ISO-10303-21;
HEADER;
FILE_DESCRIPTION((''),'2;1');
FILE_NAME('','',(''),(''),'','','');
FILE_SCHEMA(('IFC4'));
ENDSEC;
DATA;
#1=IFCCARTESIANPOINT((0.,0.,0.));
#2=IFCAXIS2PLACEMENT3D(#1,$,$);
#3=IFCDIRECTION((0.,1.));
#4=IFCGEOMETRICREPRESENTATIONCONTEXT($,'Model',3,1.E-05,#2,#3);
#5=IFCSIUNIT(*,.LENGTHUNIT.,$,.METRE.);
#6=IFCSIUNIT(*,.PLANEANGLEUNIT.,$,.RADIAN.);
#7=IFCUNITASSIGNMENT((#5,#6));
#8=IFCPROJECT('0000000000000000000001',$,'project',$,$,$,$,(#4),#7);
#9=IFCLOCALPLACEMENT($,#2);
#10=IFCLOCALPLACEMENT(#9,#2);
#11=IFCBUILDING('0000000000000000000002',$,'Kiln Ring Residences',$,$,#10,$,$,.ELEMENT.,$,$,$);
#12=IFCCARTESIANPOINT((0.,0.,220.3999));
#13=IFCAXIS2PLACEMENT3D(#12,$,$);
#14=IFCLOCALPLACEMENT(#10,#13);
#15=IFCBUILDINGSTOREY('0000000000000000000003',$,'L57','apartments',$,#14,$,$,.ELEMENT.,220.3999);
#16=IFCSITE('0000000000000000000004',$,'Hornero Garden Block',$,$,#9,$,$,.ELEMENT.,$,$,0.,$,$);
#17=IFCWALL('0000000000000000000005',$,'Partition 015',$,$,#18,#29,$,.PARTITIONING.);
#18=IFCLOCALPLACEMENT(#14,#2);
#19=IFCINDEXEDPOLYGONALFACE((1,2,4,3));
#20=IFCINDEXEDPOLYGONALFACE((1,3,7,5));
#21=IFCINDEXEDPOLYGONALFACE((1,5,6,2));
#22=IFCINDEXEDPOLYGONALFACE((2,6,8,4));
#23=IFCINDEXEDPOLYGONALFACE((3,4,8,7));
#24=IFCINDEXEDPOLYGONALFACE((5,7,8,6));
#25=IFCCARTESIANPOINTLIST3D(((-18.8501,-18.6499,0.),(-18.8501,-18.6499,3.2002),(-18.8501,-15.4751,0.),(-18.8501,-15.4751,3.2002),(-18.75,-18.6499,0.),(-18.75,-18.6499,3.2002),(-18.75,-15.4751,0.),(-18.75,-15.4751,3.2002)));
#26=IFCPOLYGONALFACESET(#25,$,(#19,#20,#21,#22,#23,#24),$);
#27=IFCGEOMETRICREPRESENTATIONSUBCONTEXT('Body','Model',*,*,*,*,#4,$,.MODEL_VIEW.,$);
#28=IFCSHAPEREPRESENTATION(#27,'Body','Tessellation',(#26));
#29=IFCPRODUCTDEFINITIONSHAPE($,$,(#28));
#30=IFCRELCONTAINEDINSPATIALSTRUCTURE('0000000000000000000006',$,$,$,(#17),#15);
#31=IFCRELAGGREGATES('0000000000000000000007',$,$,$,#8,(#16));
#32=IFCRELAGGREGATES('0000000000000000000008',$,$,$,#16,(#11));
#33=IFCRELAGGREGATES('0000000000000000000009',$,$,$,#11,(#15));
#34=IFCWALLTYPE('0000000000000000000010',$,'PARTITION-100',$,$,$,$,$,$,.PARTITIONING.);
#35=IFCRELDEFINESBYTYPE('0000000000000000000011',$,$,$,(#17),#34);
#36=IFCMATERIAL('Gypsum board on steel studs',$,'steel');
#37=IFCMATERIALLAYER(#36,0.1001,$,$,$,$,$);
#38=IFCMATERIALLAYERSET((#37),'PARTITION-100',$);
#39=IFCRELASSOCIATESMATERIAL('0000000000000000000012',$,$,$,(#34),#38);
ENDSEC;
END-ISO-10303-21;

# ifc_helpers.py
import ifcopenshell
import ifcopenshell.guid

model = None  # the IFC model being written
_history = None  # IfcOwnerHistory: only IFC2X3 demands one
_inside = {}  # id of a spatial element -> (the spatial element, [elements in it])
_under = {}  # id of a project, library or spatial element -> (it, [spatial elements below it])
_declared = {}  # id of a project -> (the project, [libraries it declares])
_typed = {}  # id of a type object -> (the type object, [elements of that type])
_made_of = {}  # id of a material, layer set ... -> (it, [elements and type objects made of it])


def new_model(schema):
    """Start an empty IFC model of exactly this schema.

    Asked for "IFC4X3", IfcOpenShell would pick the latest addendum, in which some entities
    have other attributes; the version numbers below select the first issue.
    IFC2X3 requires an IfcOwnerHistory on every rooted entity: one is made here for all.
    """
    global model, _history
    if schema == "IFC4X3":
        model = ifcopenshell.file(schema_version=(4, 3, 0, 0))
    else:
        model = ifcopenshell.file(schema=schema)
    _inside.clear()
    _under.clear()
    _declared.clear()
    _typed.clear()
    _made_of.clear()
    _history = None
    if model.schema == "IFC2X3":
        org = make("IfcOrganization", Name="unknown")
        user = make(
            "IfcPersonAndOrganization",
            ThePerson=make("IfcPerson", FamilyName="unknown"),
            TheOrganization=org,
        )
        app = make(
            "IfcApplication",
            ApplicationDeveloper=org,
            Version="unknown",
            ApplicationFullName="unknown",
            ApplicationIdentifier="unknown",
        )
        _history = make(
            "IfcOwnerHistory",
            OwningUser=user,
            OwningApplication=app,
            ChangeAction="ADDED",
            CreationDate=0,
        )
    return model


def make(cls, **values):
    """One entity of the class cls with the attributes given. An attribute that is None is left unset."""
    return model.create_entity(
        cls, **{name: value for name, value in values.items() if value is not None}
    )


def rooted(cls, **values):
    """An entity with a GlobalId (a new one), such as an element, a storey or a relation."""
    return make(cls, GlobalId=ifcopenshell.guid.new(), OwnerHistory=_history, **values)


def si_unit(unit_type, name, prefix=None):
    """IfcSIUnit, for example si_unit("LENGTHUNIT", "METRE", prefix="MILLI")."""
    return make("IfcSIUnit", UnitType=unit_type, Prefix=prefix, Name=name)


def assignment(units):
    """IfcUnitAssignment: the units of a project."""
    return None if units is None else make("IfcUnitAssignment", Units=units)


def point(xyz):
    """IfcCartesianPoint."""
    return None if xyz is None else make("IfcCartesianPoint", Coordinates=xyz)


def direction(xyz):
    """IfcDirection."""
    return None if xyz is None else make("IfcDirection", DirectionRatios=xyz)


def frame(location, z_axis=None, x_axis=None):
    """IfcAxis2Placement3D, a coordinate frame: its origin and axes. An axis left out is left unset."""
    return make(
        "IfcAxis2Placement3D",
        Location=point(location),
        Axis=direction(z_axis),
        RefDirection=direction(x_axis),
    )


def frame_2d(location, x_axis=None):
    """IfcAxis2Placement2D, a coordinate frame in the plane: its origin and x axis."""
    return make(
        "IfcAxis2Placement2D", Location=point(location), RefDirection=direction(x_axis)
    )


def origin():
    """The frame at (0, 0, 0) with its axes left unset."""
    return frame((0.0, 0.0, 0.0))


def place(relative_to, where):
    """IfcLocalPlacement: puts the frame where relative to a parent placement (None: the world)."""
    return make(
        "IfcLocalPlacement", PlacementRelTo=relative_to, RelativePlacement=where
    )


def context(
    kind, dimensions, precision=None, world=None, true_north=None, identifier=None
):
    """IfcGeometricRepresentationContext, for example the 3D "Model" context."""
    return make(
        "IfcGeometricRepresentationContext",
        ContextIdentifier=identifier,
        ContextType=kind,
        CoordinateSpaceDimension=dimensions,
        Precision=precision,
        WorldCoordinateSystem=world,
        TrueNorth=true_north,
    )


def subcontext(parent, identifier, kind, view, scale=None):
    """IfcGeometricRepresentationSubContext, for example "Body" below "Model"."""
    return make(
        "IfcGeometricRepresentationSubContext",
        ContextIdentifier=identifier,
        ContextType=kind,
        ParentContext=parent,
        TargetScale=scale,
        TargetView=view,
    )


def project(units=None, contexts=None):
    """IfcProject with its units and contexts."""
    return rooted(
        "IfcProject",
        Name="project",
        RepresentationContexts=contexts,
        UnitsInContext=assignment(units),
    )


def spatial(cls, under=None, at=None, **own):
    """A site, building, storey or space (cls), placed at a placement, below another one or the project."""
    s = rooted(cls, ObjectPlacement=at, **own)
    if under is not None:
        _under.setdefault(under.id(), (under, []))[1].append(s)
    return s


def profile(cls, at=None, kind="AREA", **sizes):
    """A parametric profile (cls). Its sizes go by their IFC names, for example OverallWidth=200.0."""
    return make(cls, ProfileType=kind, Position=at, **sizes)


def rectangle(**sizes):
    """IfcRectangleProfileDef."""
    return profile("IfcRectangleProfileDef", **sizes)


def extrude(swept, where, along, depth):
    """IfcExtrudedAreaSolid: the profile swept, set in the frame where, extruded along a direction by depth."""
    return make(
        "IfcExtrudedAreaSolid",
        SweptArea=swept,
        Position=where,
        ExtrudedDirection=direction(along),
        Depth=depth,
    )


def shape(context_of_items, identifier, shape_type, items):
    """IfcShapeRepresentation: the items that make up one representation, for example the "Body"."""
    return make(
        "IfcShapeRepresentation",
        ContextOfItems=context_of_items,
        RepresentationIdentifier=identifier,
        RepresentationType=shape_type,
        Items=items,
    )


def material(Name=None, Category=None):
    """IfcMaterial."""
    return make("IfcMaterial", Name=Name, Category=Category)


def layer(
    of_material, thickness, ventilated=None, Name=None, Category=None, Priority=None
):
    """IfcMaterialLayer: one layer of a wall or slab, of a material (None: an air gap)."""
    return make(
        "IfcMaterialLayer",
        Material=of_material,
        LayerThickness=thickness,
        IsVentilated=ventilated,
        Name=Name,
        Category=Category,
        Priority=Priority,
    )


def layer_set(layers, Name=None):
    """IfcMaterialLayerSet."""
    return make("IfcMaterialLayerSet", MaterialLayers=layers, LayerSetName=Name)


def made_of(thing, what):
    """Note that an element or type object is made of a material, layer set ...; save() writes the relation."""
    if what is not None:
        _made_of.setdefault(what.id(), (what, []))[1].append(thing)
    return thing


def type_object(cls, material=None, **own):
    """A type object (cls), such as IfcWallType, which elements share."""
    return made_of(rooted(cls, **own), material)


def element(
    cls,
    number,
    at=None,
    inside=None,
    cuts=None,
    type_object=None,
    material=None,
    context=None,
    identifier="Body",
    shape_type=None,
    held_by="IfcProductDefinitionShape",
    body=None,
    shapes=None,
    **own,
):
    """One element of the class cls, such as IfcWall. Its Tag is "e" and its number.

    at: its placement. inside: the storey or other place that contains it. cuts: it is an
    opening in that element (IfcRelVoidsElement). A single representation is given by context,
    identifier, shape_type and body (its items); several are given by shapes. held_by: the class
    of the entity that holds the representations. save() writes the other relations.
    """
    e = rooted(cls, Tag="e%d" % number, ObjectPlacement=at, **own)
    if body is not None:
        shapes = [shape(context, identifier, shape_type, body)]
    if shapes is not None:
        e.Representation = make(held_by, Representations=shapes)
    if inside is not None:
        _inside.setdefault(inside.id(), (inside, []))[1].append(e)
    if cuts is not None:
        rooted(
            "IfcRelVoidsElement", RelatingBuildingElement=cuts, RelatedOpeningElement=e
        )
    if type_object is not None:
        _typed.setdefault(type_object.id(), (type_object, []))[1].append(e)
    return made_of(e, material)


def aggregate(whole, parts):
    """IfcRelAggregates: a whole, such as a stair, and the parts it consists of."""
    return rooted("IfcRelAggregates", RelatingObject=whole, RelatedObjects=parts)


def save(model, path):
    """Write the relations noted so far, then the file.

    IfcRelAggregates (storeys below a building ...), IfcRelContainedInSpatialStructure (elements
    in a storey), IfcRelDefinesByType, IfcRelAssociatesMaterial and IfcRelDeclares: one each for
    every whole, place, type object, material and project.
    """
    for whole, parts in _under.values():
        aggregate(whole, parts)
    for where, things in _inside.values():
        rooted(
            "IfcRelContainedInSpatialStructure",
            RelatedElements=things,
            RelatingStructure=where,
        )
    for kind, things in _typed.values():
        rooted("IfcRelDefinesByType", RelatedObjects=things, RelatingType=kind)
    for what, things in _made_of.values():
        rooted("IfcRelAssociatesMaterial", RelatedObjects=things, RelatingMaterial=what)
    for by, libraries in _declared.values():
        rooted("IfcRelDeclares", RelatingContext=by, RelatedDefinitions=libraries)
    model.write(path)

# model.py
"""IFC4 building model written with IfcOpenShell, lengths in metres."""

from ifc_helpers import new_model, si_unit, direction, frame, frame_2d, origin, place, context, subcontext, project, spatial, rectangle, extrude, material, layer, layer_set, type_object, element, save


model = new_model("IFC4")

# Units and contexts
model_context = context("Model", 3, precision=1e-05, world=origin(), true_north=direction((0.0, 1.0)))
body_context = subcontext(model_context, "Body", "Model", "MODEL_VIEW")
ifc_project = project(units=[si_unit("LENGTHUNIT", "METRE"), si_unit("PLANEANGLEUNIT", "RADIAN")], contexts=[model_context])

# Site, building, storey
site_placement = place(None, origin())
site = spatial("IfcSite", under=ifc_project, at=site_placement, Name="Hornero Garden Block", CompositionType="ELEMENT", RefElevation=0.0)
building_placement = place(site_placement, origin())
building = spatial("IfcBuilding", under=site, at=building_placement, Name="Kiln Ring Residences", CompositionType="ELEMENT")
storey_placement = place(building_placement, frame((0.0, 0.0, 220.3999)))
storey = spatial("IfcBuildingStorey", under=building, at=storey_placement, Name="L57", Description="apartments", CompositionType="ELEMENT", Elevation=220.3999)

# Shared definitions
ifc_material_1 = material(Name="Gypsum board on steel studs", Category="steel")
ifc_layer_1 = layer(ifc_material_1, 0.1001)
ifc_layer_set_1 = layer_set([ifc_layer_1], Name="PARTITION-100")
wall_type_1 = type_object("IfcWallType", Name="PARTITION-100", PredefinedType="PARTITIONING", material=ifc_layer_set_1)

# Wall
wall_1_placement = place(storey_placement, frame((-18.8, -18.6499, 0.0), z_axis=(0.0, 0.0, 1.0), x_axis=(0.0, 1.0, 0.0)))
element("IfcWall", 1, at=wall_1_placement, inside=storey, type_object=wall_type_1, Name="Partition 015", PredefinedType="PARTITIONING", context=body_context, shape_type="SweptSolid", body=[
    extrude(rectangle(XDim=3.1748, YDim=0.1001, at=frame_2d((1.5874, 0.0))), origin(), (0.0, 0.0, 1.0), 3.2002),
])

save(model, "model.ifc")
